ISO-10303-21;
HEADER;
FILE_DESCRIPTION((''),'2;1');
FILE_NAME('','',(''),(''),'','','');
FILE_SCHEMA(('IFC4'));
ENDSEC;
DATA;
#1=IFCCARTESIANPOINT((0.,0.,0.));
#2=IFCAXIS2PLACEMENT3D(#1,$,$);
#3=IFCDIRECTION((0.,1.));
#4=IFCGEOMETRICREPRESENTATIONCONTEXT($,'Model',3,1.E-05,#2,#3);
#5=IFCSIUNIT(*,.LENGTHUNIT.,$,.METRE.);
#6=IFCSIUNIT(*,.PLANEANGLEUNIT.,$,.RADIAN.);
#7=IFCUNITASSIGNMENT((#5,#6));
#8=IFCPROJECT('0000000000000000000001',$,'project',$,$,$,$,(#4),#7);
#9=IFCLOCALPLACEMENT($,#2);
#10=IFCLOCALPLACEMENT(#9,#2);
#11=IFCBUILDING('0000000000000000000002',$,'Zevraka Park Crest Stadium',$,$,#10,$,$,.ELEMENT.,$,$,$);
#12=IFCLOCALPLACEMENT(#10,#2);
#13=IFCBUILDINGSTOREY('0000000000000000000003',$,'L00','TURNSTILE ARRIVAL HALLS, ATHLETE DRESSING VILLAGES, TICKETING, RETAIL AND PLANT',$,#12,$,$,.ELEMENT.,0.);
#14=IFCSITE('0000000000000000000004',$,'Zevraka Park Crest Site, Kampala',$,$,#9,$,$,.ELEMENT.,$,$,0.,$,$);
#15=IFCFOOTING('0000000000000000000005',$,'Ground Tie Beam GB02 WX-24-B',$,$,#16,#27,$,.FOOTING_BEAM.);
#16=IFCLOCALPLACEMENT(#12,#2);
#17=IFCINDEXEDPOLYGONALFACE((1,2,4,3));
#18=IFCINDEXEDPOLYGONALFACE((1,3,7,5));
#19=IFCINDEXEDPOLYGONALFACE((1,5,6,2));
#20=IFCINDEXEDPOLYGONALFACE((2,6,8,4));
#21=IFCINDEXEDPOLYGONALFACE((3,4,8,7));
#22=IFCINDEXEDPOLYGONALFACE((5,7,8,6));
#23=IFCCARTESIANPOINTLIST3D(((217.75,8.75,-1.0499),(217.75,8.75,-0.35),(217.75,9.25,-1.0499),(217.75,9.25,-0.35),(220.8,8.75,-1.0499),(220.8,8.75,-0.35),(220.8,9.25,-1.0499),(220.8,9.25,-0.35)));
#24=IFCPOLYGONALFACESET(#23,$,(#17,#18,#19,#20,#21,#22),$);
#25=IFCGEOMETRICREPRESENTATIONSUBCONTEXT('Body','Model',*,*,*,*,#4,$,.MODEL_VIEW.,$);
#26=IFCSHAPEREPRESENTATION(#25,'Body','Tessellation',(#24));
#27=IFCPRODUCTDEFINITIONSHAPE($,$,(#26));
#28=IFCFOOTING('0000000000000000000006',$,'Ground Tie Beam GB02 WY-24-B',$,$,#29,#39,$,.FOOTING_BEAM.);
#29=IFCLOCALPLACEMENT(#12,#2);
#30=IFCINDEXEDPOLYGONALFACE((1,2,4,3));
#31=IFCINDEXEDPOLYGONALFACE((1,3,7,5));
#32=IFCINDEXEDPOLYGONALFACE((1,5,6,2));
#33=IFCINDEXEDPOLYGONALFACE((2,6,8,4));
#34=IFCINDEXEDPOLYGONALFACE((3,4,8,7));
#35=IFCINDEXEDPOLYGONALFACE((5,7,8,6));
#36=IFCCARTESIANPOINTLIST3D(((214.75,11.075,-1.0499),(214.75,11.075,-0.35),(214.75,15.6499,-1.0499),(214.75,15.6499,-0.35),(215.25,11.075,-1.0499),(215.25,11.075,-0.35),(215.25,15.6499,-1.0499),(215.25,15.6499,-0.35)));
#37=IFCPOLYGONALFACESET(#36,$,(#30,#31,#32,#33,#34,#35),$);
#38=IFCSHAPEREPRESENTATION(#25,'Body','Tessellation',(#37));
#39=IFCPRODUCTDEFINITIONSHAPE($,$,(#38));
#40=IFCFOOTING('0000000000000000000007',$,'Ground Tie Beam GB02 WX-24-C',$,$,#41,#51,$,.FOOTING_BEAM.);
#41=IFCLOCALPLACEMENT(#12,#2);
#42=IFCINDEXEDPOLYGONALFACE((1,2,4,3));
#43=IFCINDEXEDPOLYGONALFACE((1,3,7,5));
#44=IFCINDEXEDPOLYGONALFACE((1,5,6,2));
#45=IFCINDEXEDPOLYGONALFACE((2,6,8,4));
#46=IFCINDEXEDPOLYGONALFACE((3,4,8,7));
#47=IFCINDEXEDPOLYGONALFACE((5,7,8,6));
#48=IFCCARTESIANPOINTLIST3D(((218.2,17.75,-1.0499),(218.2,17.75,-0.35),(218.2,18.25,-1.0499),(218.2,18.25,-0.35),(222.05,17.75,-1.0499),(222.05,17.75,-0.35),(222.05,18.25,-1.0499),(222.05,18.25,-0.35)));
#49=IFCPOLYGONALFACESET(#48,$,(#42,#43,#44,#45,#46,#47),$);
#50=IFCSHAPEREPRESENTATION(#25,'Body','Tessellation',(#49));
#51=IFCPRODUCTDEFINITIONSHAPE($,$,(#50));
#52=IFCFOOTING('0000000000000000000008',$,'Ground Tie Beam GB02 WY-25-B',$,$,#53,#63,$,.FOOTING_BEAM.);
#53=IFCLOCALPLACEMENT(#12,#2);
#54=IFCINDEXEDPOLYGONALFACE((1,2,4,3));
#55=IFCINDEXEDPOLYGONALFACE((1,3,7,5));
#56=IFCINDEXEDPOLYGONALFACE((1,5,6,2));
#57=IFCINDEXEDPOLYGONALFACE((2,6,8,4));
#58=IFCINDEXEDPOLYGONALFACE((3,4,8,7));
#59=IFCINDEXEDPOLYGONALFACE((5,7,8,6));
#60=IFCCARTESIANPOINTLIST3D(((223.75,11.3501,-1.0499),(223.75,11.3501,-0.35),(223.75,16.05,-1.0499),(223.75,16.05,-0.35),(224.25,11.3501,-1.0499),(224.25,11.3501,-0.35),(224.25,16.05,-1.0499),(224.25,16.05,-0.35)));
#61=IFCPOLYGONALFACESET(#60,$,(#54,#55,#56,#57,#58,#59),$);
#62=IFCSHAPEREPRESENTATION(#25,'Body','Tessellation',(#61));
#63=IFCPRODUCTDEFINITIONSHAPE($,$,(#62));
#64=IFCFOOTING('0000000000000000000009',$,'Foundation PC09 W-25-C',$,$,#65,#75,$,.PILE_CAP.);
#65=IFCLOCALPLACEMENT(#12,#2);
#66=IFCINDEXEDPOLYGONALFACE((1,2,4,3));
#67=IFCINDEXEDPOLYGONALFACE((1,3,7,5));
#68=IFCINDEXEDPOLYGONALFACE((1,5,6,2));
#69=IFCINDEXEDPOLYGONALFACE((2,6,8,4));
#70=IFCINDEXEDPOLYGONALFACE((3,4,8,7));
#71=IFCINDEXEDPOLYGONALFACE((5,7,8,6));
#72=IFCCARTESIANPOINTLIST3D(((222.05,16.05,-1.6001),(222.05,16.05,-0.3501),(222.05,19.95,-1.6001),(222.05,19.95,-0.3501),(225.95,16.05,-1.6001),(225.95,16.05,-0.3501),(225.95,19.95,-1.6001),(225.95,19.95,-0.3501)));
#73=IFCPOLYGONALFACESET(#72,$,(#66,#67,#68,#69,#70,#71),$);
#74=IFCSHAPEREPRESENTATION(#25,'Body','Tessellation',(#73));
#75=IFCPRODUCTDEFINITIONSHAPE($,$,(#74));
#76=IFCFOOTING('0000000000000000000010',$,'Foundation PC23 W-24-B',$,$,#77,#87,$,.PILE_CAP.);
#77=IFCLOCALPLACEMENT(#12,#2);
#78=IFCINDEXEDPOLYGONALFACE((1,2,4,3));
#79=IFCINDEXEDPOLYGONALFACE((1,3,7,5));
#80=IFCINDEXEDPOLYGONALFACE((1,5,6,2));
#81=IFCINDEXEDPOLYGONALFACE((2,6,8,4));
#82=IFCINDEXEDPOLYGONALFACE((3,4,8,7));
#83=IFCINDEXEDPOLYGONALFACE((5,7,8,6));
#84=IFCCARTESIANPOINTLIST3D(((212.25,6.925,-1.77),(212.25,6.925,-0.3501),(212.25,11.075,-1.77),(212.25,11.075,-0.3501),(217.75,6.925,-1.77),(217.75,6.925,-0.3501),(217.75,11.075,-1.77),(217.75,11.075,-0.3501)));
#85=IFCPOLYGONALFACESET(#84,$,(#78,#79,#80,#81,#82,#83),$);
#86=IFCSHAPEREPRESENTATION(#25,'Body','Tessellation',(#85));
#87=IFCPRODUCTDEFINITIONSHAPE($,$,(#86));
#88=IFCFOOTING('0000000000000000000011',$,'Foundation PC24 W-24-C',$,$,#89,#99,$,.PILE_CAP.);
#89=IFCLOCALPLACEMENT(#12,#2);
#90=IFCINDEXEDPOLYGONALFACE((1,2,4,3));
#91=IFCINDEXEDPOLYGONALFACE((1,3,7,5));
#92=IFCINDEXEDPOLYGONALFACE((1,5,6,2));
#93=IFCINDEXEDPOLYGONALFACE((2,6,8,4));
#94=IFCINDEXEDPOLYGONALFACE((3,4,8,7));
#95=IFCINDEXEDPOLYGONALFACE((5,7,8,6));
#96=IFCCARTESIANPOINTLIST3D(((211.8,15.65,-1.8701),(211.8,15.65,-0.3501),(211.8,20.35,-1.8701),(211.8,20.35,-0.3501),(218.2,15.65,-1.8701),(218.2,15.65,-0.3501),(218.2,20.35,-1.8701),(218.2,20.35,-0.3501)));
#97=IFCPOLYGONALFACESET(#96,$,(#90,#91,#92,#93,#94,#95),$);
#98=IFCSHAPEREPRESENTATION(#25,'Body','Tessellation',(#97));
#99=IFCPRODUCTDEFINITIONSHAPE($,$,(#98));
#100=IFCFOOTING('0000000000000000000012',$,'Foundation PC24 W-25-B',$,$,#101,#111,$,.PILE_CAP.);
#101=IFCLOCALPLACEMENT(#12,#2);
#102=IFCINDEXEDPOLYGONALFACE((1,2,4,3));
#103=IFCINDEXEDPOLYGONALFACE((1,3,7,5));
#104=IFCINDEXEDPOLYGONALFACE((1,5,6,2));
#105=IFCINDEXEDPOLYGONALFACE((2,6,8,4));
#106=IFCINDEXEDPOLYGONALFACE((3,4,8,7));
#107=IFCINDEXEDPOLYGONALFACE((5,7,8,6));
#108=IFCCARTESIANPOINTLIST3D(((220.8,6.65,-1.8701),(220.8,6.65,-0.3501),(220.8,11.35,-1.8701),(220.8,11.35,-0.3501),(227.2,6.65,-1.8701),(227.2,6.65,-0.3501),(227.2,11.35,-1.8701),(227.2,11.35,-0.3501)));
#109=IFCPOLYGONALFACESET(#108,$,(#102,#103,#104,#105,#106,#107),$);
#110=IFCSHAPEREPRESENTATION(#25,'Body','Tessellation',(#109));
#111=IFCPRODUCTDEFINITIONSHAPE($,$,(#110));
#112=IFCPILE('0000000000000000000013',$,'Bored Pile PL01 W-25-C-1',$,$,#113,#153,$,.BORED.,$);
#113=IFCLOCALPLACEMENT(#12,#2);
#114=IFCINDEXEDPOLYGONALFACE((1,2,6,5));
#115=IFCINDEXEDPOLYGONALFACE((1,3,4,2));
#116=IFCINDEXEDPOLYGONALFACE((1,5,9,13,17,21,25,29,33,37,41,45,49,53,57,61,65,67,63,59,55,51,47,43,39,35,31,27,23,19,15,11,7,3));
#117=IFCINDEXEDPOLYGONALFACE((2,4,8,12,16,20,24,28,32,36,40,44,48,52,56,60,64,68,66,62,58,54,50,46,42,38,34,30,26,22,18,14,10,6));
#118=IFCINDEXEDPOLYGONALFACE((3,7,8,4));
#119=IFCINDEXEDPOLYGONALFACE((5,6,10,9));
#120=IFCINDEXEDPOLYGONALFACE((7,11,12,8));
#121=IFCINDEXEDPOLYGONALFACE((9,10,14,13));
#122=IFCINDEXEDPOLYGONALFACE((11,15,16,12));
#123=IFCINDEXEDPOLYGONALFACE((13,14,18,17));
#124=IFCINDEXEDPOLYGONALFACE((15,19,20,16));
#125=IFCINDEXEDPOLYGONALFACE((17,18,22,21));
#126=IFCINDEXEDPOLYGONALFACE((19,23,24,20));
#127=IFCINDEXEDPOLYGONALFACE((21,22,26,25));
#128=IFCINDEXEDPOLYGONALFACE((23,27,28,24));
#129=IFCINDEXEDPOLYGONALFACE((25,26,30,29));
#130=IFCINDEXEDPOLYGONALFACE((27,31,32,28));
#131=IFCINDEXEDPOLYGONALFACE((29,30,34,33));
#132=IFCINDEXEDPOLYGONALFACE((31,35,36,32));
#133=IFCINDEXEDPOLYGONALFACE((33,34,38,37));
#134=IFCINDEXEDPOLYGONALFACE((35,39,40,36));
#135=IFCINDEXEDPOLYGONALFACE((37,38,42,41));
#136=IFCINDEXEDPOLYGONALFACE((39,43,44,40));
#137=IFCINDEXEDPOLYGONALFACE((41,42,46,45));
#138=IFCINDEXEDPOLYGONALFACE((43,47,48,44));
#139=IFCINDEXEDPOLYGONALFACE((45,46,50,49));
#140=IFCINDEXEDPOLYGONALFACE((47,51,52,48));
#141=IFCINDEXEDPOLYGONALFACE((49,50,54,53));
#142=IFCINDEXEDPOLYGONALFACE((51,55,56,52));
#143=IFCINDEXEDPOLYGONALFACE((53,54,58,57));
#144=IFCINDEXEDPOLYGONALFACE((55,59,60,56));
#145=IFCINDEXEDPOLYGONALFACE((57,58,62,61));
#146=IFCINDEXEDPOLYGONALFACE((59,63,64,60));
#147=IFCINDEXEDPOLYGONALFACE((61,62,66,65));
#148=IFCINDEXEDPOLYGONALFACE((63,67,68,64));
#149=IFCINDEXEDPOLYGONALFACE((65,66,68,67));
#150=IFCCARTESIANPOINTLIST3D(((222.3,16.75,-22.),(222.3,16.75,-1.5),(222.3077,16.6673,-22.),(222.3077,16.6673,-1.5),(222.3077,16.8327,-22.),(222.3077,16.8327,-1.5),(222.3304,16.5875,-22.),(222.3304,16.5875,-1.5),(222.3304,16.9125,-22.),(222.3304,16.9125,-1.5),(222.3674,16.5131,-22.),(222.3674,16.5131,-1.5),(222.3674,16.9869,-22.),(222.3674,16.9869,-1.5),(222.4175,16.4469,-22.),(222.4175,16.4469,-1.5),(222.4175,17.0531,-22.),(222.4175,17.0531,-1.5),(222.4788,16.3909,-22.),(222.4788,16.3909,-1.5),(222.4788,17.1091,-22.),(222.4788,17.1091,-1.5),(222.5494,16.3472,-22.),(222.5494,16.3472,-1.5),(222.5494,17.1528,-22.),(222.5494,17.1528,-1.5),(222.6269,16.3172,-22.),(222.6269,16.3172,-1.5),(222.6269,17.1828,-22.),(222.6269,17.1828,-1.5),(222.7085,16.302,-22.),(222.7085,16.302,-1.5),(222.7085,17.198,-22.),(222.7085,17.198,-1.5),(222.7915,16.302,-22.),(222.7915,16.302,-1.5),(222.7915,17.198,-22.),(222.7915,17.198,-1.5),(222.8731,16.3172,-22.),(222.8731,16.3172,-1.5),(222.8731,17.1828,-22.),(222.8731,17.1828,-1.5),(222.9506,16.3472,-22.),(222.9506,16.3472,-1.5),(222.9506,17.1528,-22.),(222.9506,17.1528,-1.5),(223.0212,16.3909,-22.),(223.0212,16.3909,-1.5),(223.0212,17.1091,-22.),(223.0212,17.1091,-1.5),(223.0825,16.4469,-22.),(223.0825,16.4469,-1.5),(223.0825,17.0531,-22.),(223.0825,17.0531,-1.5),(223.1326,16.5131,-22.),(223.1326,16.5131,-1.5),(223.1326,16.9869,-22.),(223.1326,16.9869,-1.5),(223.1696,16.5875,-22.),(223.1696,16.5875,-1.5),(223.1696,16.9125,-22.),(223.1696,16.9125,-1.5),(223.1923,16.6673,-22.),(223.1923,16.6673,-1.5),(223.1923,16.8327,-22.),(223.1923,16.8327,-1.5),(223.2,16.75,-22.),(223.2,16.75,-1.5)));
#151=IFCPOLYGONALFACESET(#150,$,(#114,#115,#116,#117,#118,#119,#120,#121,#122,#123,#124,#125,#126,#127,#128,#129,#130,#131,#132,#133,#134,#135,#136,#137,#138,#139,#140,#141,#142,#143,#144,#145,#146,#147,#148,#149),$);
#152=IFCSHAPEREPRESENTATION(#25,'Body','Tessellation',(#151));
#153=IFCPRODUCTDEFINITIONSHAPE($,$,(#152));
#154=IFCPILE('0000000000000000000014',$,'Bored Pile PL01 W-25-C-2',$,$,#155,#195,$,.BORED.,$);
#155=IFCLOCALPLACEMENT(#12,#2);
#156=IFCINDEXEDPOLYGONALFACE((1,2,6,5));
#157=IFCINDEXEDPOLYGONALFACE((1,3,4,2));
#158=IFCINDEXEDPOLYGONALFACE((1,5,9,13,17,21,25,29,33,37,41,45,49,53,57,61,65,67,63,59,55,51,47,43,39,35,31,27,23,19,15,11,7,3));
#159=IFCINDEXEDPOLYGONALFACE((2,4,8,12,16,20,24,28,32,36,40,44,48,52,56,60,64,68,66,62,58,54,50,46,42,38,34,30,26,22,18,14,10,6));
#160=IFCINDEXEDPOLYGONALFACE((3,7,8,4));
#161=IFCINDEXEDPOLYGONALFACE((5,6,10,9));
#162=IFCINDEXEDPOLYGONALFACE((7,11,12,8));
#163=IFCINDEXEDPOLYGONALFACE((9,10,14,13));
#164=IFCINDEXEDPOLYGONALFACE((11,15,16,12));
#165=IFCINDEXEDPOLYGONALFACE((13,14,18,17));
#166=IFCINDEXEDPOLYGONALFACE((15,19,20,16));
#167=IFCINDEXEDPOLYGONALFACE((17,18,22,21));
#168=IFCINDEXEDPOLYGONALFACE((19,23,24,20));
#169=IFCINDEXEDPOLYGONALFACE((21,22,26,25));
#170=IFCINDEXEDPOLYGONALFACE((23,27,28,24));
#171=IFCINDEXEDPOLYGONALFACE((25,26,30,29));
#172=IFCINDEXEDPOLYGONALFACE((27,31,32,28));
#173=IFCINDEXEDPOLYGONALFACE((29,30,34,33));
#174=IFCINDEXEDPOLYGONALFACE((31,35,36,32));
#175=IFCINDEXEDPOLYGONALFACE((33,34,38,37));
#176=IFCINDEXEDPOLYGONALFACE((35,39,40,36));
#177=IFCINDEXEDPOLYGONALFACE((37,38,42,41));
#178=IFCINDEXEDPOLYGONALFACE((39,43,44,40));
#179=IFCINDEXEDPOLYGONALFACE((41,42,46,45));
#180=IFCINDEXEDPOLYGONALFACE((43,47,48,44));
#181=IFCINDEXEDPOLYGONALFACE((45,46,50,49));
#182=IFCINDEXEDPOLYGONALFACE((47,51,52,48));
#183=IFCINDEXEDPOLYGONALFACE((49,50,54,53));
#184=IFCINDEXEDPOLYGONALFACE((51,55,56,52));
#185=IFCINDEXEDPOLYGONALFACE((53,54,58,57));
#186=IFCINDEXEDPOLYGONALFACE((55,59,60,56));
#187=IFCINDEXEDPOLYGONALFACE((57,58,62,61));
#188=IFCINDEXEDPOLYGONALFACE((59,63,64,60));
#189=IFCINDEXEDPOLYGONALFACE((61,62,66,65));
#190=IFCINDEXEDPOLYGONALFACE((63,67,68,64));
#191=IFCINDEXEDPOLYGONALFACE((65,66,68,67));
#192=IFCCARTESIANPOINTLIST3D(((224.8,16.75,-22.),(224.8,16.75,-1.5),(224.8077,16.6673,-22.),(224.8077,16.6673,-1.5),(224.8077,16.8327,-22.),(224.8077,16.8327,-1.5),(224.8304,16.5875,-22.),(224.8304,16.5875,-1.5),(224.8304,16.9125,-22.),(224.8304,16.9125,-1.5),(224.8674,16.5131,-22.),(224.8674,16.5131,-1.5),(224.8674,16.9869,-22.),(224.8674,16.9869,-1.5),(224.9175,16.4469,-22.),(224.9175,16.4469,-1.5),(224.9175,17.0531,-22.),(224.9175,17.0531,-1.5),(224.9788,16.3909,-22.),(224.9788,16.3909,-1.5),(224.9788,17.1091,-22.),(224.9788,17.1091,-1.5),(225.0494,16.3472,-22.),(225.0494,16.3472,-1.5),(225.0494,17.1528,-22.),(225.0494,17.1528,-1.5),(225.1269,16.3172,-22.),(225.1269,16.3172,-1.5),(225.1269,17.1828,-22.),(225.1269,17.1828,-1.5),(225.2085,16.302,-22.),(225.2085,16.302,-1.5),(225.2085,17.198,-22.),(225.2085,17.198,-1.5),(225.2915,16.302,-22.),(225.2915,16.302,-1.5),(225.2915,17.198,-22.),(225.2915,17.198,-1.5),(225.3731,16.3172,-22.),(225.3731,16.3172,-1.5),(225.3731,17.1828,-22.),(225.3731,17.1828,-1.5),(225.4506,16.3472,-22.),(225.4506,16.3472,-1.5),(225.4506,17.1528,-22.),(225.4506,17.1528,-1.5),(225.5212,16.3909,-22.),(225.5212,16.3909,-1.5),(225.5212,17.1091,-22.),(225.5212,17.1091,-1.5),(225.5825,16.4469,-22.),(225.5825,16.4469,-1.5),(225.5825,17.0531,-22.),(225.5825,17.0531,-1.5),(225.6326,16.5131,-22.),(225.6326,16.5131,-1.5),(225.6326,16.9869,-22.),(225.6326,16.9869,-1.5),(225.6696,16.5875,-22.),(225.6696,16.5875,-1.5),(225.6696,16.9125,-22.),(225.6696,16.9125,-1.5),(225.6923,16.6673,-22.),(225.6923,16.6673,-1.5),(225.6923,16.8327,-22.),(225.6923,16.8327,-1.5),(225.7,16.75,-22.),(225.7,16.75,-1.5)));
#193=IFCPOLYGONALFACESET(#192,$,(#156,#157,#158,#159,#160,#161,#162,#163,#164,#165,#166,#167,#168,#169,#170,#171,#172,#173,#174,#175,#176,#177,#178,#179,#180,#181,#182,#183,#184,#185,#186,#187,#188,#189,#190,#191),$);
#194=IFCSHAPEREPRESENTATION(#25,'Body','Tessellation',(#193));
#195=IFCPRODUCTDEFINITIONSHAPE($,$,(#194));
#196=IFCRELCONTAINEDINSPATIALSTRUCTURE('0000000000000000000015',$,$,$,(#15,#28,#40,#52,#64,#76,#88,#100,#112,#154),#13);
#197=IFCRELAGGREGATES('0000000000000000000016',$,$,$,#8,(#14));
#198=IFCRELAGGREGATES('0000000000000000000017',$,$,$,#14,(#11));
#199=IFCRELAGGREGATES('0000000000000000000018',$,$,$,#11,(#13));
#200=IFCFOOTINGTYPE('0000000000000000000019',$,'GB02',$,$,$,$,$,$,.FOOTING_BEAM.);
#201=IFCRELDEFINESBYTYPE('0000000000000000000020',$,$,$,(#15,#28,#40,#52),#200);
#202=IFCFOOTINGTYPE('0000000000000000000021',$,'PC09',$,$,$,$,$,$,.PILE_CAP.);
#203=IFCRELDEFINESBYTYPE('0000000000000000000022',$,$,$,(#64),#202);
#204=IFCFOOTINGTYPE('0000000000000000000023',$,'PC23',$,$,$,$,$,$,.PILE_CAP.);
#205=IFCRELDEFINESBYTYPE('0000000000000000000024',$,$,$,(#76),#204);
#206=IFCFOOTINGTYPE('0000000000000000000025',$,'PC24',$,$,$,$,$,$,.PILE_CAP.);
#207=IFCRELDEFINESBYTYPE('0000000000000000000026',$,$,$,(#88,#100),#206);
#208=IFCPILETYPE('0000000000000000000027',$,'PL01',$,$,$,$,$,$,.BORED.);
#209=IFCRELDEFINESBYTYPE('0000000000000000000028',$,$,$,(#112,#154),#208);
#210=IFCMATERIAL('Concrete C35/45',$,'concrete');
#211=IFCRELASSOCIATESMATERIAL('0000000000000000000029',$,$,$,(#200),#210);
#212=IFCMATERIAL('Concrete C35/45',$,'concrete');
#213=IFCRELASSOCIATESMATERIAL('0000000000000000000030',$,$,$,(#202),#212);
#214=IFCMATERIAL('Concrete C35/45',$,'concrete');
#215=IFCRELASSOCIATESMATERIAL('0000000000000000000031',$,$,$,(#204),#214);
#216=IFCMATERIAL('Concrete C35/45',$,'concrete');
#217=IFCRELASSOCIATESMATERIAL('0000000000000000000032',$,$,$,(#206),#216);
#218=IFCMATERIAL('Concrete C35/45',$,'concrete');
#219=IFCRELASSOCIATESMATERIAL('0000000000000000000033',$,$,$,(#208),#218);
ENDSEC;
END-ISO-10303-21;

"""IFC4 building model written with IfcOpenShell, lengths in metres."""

from ifc_helpers import new_model, si_unit, direction, frame, origin, origin_2d, place, context, subcontext, project, spatial, rectangle, circle, extrude, material, material_profile, profile_set, type_object, element, save


model = new_model("IFC4")

# Units and contexts
model_context = context("Model", 3, precision=1e-05, world=origin(), true_north=direction((0.0, 1.0)))
body_context = subcontext(model_context, "Body", "Model", "MODEL_VIEW")
ifc_project = project(units=[si_unit("LENGTHUNIT", "METRE"), si_unit("PLANEANGLEUNIT", "RADIAN")], contexts=[model_context])

# Site, building, storey
site_placement = place(None, origin())
site = spatial("IfcSite", under=ifc_project, at=site_placement, Name="Zevraka Park Crest Site, Kampala", CompositionType="ELEMENT", RefElevation=0.0)
building_placement = place(site_placement, origin())
building = spatial("IfcBuilding", under=site, at=building_placement, Name="Zevraka Park Crest Stadium", CompositionType="ELEMENT")
storey_placement = place(building_placement, origin())
storey = spatial("IfcBuildingStorey", under=building, at=storey_placement, Name="L00", Description="TURNSTILE ARRIVAL HALLS, ATHLETE DRESSING VILLAGES, TICKETING, RETAIL AND PLANT", CompositionType="ELEMENT", Elevation=0.0)

# Footings
ifc_material_1 = material(Name="Concrete C35/45", Category="concrete")
ifc_material_profile_1 = material_profile(ifc_material_1, rectangle(XDim=0.5, YDim=0.7, at=origin_2d()), Name="GB 700x500")
ifc_profile_set_1 = profile_set([ifc_material_profile_1], Name="Concrete C35/45")
footing_type_1 = type_object("IfcFootingType", Name="GB02", PredefinedType="FOOTING_BEAM", material=ifc_profile_set_1)
footing_1_placement = place(storey_placement, frame((217.75, 9.0, -0.7), z_axis=(1.0, 0.0, 0.0), x_axis=(0.0, 1.0, 0.0)))
element("IfcFooting", 1, at=footing_1_placement, inside=storey, type_object=footing_type_1, Name="Ground Tie Beam GB02 WX-24-B", PredefinedType="FOOTING_BEAM", context=body_context, shape_type="SweptSolid", body=[
    extrude(rectangle(XDim=0.5, YDim=0.7, at=origin_2d()), origin(), (0.0, 0.0, 1.0), 3.05),
])
footing_2_placement = place(storey_placement, frame((215.0, 11.075, -0.7), z_axis=(0.0, 1.0, 0.0), x_axis=(-1.0, 0.0, 0.0)))
element("IfcFooting", 2, at=footing_2_placement, inside=storey, type_object=footing_type_1, Name="Ground Tie Beam GB02 WY-24-B", PredefinedType="FOOTING_BEAM", context=body_context, shape_type="SweptSolid", body=[
    extrude(rectangle(XDim=0.5, YDim=0.7, at=origin_2d()), origin(), (0.0, 0.0, 1.0), 4.575),
])
footing_3_placement = place(storey_placement, frame((218.2, 18.0, -0.7), z_axis=(1.0, 0.0, 0.0), x_axis=(0.0, 1.0, 0.0)))
element("IfcFooting", 3, at=footing_3_placement, inside=storey, type_object=footing_type_1, Name="Ground Tie Beam GB02 WX-24-C", PredefinedType="FOOTING_BEAM", context=body_context, shape_type="SweptSolid", body=[
    extrude(rectangle(XDim=0.5, YDim=0.7, at=origin_2d()), origin(), (0.0, 0.0, 1.0), 3.8501),
])
footing_4_placement = place(storey_placement, frame((224.0, 11.3501, -0.7), z_axis=(0.0, 1.0, 0.0), x_axis=(-1.0, 0.0, 0.0)))
element("IfcFooting", 4, at=footing_4_placement, inside=storey, type_object=footing_type_1, Name="Ground Tie Beam GB02 WY-25-B", PredefinedType="FOOTING_BEAM", context=body_context, shape_type="SweptSolid", body=[
    extrude(rectangle(XDim=0.5, YDim=0.7, at=origin_2d()), origin(), (0.0, 0.0, 1.0), 4.7),
])
ifc_material_2 = material(Name="Concrete C35/45", Category="concrete")
footing_type_2 = type_object("IfcFootingType", Name="PC09", PredefinedType="PILE_CAP", material=ifc_material_2)
footing_5_placement = place(storey_placement, frame((224.0, 18.0, -1.6001), z_axis=(0.0, 0.0, 1.0), x_axis=(1.0, 0.0, 0.0)))
element("IfcFooting", 5, at=footing_5_placement, inside=storey, type_object=footing_type_2, Name="Foundation PC09 W-25-C", PredefinedType="PILE_CAP", context=body_context, shape_type="SweptSolid", body=[
    extrude(rectangle(XDim=3.8999, YDim=3.8999, at=origin_2d()), origin(), (0.0, 0.0, 1.0), 1.25),
])
ifc_material_3 = material(Name="Concrete C35/45", Category="concrete")
footing_type_3 = type_object("IfcFootingType", Name="PC23", PredefinedType="PILE_CAP", material=ifc_material_3)
footing_6_placement = place(storey_placement, frame((215.0, 9.0, -1.77), z_axis=(0.0, 0.0, 1.0), x_axis=(1.0, 0.0, 0.0)))
element("IfcFooting", 6, at=footing_6_placement, inside=storey, type_object=footing_type_3, Name="Foundation PC23 W-24-B", PredefinedType="PILE_CAP", context=body_context, shape_type="SweptSolid", body=[
    extrude(rectangle(XDim=5.5, YDim=4.1499, at=origin_2d()), origin(), (0.0, 0.0, 1.0), 1.4199),
])
ifc_material_4 = material(Name="Concrete C35/45", Category="concrete")
footing_type_4 = type_object("IfcFootingType", Name="PC24", PredefinedType="PILE_CAP", material=ifc_material_4)
for number, where, z_axis, x_axis, name in (
    (7, (215.0, 18.0, -1.8701), (0.0, 0.0, 1.0), (1.0, 0.0, 0.0), "Foundation PC24 W-24-C"),
    (8, (224.0, 9.0, -1.8701), (0.0, 0.0, 1.0), (1.0, 0.0, 0.0), "Foundation PC24 W-25-B"),
):
    element("IfcFooting", number, at=place(storey_placement, frame(where, z_axis=z_axis, x_axis=x_axis)), inside=storey, type_object=footing_type_4, Name=name, PredefinedType="PILE_CAP", context=body_context, shape_type="SweptSolid", body=[
        extrude(rectangle(XDim=6.3999, YDim=4.7, at=origin_2d()), origin(), (0.0, 0.0, 1.0), 1.52),
    ])

# Piles
ifc_material_5 = material(Name="Concrete C35/45", Category="concrete")
ifc_material_profile_2 = material_profile(ifc_material_5, circle(Radius=0.45, at=origin_2d()), Name="PILE D900")
ifc_profile_set_2 = profile_set([ifc_material_profile_2], Name="Concrete C35/45")
pile_type_1 = type_object("IfcPileType", Name="PL01", PredefinedType="BORED", material=ifc_profile_set_2)
for number, where, z_axis, x_axis, name in (
    (9, (222.75, 16.75, -1.5), (0.0, 0.0, -1.0), (1.0, 0.0, 0.0), "Bored Pile PL01 W-25-C-1"),
    (10, (225.25, 16.75, -1.5), (0.0, 0.0, -1.0), (1.0, 0.0, 0.0), "Bored Pile PL01 W-25-C-2"),
):
    element("IfcPile", number, at=place(storey_placement, frame(where, z_axis=z_axis, x_axis=x_axis)), inside=storey, type_object=pile_type_1, Name=name, PredefinedType="BORED", context=body_context, shape_type="SweptSolid", body=[
        extrude(circle(Radius=0.45, at=origin_2d()), origin(), (0.0, 0.0, 1.0), 20.5),
    ])

save(model, "model.ifc")
